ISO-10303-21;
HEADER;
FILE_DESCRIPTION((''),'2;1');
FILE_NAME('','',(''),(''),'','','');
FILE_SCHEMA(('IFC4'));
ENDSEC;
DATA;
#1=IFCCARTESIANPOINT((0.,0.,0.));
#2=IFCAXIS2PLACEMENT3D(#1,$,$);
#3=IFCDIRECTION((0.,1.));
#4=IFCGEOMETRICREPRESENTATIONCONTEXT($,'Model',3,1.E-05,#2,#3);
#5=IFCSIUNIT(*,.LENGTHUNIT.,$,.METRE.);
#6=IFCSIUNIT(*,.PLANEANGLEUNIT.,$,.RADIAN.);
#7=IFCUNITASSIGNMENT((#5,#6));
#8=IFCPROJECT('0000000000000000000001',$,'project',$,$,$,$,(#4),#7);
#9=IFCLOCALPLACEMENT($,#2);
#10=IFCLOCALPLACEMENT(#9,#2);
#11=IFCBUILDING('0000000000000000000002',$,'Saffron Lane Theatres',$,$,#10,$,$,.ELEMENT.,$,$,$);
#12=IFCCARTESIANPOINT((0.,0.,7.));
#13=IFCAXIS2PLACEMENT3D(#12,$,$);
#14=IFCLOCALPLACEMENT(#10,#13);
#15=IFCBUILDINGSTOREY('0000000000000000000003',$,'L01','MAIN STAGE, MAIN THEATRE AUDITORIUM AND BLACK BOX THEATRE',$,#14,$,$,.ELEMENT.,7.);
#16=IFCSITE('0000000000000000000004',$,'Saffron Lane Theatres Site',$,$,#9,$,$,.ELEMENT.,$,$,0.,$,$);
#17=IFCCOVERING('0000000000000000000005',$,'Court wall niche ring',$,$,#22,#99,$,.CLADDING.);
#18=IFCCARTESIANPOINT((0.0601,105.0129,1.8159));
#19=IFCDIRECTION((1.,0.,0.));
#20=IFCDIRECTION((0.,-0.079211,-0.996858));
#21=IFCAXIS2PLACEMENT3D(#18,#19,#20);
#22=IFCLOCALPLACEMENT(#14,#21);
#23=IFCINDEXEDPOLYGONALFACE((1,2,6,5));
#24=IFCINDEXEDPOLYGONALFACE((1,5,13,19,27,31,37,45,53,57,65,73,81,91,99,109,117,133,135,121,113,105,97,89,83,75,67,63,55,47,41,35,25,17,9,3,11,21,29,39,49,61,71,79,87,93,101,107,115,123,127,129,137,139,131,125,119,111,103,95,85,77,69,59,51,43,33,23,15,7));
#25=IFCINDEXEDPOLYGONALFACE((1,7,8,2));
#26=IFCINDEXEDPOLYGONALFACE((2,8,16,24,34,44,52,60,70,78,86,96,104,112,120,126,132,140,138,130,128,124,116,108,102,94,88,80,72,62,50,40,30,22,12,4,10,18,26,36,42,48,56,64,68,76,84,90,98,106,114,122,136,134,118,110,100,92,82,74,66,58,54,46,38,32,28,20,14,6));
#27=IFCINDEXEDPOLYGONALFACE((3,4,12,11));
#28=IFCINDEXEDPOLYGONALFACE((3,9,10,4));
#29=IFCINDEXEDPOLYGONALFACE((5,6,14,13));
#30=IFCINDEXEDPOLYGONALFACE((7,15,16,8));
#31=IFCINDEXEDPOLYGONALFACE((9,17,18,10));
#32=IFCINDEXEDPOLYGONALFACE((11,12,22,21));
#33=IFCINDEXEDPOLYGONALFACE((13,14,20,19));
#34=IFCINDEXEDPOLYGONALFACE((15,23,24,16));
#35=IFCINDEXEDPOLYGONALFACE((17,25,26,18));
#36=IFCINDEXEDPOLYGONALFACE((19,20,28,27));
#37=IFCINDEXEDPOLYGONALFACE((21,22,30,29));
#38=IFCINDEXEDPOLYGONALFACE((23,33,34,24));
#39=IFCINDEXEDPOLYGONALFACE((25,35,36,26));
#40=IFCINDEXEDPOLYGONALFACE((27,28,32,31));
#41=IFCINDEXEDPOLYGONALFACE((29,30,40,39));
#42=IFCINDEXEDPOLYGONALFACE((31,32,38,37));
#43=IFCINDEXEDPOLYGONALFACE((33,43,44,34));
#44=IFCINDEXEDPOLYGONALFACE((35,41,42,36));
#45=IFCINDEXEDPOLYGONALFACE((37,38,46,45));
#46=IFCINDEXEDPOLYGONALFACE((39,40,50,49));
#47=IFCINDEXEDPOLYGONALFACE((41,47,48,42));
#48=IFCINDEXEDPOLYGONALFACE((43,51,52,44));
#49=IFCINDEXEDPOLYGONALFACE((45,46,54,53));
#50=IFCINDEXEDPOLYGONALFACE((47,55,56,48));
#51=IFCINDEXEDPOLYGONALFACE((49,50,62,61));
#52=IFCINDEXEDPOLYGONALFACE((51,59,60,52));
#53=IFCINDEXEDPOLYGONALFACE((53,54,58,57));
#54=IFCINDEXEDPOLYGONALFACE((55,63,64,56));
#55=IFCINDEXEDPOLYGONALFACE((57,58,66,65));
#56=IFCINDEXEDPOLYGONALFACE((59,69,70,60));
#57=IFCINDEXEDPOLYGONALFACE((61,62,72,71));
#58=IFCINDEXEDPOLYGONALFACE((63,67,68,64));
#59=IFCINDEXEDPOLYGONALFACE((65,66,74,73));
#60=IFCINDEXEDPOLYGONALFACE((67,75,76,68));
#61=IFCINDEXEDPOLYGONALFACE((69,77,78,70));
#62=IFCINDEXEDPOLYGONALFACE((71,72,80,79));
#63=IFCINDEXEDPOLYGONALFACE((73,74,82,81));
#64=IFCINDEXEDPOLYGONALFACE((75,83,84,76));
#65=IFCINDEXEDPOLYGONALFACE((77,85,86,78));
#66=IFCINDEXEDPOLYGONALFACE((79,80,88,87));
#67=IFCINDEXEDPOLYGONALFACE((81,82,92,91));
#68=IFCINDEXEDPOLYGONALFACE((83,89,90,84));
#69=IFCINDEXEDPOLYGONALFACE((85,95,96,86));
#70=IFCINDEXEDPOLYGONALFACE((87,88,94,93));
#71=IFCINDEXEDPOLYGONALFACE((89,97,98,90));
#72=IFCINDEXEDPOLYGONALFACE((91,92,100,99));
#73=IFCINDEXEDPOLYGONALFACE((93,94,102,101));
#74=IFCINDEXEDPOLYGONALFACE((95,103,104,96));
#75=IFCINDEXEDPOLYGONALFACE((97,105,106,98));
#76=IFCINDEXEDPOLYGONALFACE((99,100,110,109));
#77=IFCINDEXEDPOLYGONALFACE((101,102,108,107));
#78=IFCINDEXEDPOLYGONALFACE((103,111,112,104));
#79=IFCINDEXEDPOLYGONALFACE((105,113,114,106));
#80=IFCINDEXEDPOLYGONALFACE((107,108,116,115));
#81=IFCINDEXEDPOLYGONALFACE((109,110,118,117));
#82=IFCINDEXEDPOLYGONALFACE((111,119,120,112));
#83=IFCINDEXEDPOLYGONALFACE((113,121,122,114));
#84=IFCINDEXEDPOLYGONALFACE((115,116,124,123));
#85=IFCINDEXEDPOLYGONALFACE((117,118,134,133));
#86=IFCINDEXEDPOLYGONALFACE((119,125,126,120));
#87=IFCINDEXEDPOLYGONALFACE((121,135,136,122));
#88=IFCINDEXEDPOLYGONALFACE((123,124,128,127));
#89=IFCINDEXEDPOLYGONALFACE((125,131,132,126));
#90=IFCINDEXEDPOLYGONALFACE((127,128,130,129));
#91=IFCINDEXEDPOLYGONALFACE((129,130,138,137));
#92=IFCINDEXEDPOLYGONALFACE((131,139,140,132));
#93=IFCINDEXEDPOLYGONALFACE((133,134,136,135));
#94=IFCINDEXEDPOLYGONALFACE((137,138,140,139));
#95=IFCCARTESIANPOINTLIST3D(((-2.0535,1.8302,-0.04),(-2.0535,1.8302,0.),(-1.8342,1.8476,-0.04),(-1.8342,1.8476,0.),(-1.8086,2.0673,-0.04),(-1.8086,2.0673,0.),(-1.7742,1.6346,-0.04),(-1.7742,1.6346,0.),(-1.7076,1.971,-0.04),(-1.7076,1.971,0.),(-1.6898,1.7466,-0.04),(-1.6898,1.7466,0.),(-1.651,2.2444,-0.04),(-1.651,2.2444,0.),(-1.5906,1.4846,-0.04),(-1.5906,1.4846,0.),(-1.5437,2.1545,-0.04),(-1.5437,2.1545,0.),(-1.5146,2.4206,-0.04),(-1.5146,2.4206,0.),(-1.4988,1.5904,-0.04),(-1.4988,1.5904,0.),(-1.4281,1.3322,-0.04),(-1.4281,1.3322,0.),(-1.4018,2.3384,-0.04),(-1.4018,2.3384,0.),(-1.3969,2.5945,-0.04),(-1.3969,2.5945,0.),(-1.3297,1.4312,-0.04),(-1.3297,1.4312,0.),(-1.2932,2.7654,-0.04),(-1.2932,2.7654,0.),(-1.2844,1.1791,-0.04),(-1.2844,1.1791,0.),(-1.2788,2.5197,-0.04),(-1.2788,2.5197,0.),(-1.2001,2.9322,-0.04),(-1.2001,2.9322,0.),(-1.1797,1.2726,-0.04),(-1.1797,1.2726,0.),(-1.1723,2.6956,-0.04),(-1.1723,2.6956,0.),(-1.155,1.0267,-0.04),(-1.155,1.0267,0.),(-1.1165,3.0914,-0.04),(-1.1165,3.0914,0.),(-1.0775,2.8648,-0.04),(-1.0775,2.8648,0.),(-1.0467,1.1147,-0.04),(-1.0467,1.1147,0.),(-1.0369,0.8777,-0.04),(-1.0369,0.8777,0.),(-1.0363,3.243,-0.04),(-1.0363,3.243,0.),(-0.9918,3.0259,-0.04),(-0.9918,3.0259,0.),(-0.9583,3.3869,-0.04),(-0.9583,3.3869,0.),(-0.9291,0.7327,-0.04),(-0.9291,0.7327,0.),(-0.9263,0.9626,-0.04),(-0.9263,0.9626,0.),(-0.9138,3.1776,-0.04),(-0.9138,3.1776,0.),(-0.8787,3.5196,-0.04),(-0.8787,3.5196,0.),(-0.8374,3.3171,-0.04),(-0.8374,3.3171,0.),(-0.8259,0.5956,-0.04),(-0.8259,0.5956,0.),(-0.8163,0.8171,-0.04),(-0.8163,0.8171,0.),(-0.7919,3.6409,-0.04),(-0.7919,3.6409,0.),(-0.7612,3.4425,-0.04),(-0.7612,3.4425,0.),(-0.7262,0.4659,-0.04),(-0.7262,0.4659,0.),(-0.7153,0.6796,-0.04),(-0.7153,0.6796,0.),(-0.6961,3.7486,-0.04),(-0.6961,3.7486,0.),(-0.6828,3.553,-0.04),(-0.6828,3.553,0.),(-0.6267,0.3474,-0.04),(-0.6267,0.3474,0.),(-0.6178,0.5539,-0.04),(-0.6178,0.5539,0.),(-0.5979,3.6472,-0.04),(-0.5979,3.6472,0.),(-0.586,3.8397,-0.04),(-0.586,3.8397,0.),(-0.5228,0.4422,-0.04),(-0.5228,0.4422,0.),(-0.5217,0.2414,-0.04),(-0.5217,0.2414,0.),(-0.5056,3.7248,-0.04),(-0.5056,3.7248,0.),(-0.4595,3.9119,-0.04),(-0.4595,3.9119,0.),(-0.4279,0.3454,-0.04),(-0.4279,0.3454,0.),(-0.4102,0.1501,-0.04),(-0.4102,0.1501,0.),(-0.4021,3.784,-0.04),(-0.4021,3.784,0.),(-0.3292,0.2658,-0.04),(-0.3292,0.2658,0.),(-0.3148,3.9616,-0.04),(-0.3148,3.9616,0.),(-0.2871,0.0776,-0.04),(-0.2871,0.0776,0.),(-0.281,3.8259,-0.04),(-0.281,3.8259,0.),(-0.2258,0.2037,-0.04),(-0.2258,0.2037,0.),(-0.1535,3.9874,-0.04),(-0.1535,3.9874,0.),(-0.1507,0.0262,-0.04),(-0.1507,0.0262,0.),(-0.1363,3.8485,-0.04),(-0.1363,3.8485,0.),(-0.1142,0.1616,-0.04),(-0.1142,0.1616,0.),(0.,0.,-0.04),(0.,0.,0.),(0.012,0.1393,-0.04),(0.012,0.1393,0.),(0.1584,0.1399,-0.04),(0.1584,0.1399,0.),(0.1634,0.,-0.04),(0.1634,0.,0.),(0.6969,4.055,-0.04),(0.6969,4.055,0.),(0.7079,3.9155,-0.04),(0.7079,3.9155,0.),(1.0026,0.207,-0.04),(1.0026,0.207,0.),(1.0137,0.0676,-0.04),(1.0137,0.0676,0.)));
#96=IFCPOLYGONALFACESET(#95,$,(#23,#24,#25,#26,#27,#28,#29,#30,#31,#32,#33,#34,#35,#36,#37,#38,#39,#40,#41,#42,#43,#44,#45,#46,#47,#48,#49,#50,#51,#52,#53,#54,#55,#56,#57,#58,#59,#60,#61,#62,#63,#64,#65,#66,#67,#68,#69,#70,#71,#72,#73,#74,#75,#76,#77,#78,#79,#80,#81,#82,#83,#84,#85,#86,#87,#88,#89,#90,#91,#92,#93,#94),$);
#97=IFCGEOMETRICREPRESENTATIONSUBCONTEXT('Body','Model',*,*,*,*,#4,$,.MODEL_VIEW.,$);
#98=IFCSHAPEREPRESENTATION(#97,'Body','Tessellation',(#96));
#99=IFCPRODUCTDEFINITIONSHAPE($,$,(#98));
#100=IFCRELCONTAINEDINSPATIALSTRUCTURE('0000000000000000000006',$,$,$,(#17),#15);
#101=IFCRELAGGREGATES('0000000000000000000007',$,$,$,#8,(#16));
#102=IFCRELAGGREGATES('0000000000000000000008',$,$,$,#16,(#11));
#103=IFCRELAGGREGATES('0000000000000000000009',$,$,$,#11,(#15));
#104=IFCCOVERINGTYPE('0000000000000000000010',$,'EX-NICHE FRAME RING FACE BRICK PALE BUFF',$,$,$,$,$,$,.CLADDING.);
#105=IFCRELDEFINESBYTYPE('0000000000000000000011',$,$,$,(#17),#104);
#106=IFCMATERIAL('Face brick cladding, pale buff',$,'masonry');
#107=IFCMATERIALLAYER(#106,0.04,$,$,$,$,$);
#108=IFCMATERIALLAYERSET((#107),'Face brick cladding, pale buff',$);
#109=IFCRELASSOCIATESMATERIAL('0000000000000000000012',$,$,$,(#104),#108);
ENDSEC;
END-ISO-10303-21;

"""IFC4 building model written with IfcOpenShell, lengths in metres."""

from ifc_helpers import new_model, si_unit, direction, frame, origin, place, context, subcontext, project, spatial, polyline, outline, extrude, material, layer, layer_set, type_object, element, save


model = new_model("IFC4")

# Units and contexts
model_context = context("Model", 3, precision=1e-05, world=origin(), true_north=direction((0.0, 1.0)))
body_context = subcontext(model_context, "Body", "Model", "MODEL_VIEW")
ifc_project = project(units=[si_unit("LENGTHUNIT", "METRE"), si_unit("PLANEANGLEUNIT", "RADIAN")], contexts=[model_context])

# Site, building, storey
site_placement = place(None, origin())
site = spatial("IfcSite", under=ifc_project, at=site_placement, Name="Saffron Lane Theatres Site", CompositionType="ELEMENT", RefElevation=0.0)
building_placement = place(site_placement, origin())
building = spatial("IfcBuilding", under=site, at=building_placement, Name="Saffron Lane Theatres", CompositionType="ELEMENT")
storey_placement = place(building_placement, frame((0.0, 0.0, 7.0)))
storey = spatial("IfcBuildingStorey", under=building, at=storey_placement, Name="L01", Description="MAIN STAGE, MAIN THEATRE AUDITORIUM AND BLACK BOX THEATRE", CompositionType="ELEMENT", Elevation=7.0)

# Covering
ifc_material_1 = material(Name="Face brick cladding, pale buff", Category="masonry")
ifc_layer_1 = layer(ifc_material_1, 0.04)
ifc_layer_set_1 = layer_set([ifc_layer_1], Name="Face brick cladding, pale buff")
covering_type_1 = type_object("IfcCoveringType", Name="EX-NICHE FRAME RING FACE BRICK PALE BUFF", PredefinedType="CLADDING", material=ifc_layer_set_1)
covering_1_placement = place(storey_placement, frame((0.0601, 105.0129, 1.8159), z_axis=(1.0, 0.0, 0.0), x_axis=(0.0, -0.079211, -0.996858)))
element("IfcCovering", 1, at=covering_1_placement, inside=storey, type_object=covering_type_1, Name="Court wall niche ring", PredefinedType="CLADDING", context=body_context, shape_type="SweptSolid", body=[
    extrude(outline(polyline([(0.0, 0.0), (0.1634, 0.0), (1.0137, 0.0676), (1.0026, 0.207), (0.1584, 0.1399), (0.012, 0.1393), (-0.1142, 0.1616), (-0.2258, 0.2037), (-0.3292, 0.2658), (-0.4279, 0.3454), (-0.5228, 0.4422), (-0.6178, 0.5539), (-0.7153, 0.6796), (-0.8163, 0.8171), (-0.9263, 0.9626), (-1.0467, 1.1147), (-1.1797, 1.2726), (-1.3297, 1.4312), (-1.4988, 1.5904), (-1.6898, 1.7466), (-1.8342, 1.8476), (-1.7076, 1.971), (-1.5437, 2.1545), (-1.4018, 2.3384), (-1.2788, 2.5197), (-1.1723, 2.6956), (-1.0775, 2.8648), (-0.9918, 3.0259), (-0.9138, 3.1776), (-0.8374, 3.3171), (-0.7612, 3.4425), (-0.6828, 3.553), (-0.5979, 3.6472), (-0.5056, 3.7248), (-0.4021, 3.784), (-0.281, 3.8259), (-0.1363, 3.8485), (0.7079, 3.9155), (0.6969, 4.055), (-0.1535, 3.9874), (-0.3148, 3.9616), (-0.4595, 3.9119), (-0.586, 3.8397), (-0.6961, 3.7486), (-0.7919, 3.6409), (-0.8787, 3.5196), (-0.9583, 3.3869), (-1.0363, 3.243), (-1.1165, 3.0914), (-1.2001, 2.9322), (-1.2932, 2.7654), (-1.3969, 2.5945), (-1.5146, 2.4206), (-1.651, 2.2444), (-1.8086, 2.0673), (-2.0535, 1.8302), (-1.7742, 1.6346), (-1.5906, 1.4846), (-1.4281, 1.3322), (-1.2844, 1.1791), (-1.155, 1.0267), (-1.0369, 0.8777), (-0.9291, 0.7327), (-0.8259, 0.5956), (-0.7262, 0.4659), (-0.6267, 0.3474), (-0.5217, 0.2414), (-0.4102, 0.1501), (-0.2871, 0.0776), (-0.1507, 0.0262), (0.0, 0.0)])), origin(), (0.0, 0.0, -1.0), 0.04),
])

save(model, "model.ifc")
